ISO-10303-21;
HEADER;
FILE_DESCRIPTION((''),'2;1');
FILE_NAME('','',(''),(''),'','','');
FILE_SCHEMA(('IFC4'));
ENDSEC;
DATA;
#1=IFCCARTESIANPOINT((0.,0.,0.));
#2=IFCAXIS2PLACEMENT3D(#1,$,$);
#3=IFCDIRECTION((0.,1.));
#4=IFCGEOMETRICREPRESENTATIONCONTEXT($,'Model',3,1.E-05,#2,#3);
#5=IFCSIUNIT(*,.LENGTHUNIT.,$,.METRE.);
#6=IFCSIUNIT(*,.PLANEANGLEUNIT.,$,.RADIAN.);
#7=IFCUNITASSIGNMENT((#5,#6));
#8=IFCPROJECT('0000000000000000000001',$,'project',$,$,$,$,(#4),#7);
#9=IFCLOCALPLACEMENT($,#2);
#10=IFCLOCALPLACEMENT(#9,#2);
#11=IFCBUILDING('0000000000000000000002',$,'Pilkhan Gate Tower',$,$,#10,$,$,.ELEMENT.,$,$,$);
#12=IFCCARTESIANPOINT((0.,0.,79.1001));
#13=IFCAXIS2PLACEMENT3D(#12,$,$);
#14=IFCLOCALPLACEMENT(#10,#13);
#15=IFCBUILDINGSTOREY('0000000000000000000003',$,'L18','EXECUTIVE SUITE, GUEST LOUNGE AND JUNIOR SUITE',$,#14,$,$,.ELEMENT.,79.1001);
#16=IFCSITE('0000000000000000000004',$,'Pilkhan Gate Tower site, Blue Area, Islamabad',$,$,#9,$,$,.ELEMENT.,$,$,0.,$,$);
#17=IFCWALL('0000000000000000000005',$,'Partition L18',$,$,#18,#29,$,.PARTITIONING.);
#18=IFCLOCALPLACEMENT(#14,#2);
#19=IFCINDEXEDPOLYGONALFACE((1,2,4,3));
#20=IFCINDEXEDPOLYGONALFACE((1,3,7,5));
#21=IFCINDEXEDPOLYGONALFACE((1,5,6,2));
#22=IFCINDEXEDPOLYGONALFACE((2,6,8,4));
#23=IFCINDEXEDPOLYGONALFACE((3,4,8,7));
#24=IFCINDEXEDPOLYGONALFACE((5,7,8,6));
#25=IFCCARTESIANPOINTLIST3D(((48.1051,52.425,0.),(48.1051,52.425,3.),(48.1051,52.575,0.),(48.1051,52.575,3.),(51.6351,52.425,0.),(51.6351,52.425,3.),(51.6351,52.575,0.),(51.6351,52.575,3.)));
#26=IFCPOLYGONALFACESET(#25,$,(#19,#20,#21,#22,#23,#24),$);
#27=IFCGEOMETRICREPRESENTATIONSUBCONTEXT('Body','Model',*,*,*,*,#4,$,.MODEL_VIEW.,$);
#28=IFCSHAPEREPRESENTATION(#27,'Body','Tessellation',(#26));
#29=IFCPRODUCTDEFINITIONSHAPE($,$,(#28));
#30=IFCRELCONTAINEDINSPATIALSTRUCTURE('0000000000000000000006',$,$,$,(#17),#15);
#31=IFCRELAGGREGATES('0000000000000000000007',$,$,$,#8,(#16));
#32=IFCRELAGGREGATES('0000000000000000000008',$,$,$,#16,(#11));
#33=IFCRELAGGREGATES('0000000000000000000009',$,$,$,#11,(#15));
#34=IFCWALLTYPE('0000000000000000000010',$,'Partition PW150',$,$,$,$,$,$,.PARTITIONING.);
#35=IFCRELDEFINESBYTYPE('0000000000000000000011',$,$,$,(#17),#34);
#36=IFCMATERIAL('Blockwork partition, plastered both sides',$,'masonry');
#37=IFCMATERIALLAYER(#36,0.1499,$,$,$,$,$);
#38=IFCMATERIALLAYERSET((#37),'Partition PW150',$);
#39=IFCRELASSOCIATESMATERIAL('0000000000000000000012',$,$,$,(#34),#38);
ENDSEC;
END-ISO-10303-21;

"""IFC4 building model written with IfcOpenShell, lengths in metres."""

from ifc_helpers import new_model, si_unit, direction, frame, frame_2d, origin, place, context, subcontext, project, spatial, rectangle, extrude, material, layer, layer_set, type_object, element, save


model = new_model("IFC4")

# Units and contexts
model_context = context("Model", 3, precision=1e-05, world=origin(), true_north=direction((0.0, 1.0)))
body_context = subcontext(model_context, "Body", "Model", "MODEL_VIEW")
ifc_project = project(units=[si_unit("LENGTHUNIT", "METRE"), si_unit("PLANEANGLEUNIT", "RADIAN")], contexts=[model_context])

# Site, building, storey
site_placement = place(None, origin())
site = spatial("IfcSite", under=ifc_project, at=site_placement, Name="Pilkhan Gate Tower site, Blue Area, Islamabad", CompositionType="ELEMENT", RefElevation=0.0)
building_placement = place(site_placement, origin())
building = spatial("IfcBuilding", under=site, at=building_placement, Name="Pilkhan Gate Tower", CompositionType="ELEMENT")
storey_placement = place(building_placement, frame((0.0, 0.0, 79.1001)))
storey = spatial("IfcBuildingStorey", under=building, at=storey_placement, Name="L18", Description="EXECUTIVE SUITE, GUEST LOUNGE AND JUNIOR SUITE", CompositionType="ELEMENT", Elevation=79.1001)

# Wall
ifc_material_1 = material(Name="Blockwork partition, plastered both sides", Category="masonry")
ifc_layer_1 = layer(ifc_material_1, 0.1499)
ifc_layer_set_1 = layer_set([ifc_layer_1], Name="Partition PW150")
wall_type_1 = type_object("IfcWallType", Name="Partition PW150", PredefinedType="PARTITIONING", material=ifc_layer_set_1)
wall_1_placement = place(storey_placement, frame((48.105, 52.5, 0.0), z_axis=(0.0, 0.0, 1.0), x_axis=(1.0, 0.0, 0.0)))
element("IfcWall", 1, at=wall_1_placement, inside=storey, type_object=wall_type_1, Name="Partition L18", PredefinedType="PARTITIONING", context=body_context, shape_type="SweptSolid", body=[
    extrude(rectangle(XDim=3.53, YDim=0.1499, at=frame_2d((1.7651, 0.0))), origin(), (0.0, 0.0, 1.0), 3.0),
])

save(model, "model.ifc")
